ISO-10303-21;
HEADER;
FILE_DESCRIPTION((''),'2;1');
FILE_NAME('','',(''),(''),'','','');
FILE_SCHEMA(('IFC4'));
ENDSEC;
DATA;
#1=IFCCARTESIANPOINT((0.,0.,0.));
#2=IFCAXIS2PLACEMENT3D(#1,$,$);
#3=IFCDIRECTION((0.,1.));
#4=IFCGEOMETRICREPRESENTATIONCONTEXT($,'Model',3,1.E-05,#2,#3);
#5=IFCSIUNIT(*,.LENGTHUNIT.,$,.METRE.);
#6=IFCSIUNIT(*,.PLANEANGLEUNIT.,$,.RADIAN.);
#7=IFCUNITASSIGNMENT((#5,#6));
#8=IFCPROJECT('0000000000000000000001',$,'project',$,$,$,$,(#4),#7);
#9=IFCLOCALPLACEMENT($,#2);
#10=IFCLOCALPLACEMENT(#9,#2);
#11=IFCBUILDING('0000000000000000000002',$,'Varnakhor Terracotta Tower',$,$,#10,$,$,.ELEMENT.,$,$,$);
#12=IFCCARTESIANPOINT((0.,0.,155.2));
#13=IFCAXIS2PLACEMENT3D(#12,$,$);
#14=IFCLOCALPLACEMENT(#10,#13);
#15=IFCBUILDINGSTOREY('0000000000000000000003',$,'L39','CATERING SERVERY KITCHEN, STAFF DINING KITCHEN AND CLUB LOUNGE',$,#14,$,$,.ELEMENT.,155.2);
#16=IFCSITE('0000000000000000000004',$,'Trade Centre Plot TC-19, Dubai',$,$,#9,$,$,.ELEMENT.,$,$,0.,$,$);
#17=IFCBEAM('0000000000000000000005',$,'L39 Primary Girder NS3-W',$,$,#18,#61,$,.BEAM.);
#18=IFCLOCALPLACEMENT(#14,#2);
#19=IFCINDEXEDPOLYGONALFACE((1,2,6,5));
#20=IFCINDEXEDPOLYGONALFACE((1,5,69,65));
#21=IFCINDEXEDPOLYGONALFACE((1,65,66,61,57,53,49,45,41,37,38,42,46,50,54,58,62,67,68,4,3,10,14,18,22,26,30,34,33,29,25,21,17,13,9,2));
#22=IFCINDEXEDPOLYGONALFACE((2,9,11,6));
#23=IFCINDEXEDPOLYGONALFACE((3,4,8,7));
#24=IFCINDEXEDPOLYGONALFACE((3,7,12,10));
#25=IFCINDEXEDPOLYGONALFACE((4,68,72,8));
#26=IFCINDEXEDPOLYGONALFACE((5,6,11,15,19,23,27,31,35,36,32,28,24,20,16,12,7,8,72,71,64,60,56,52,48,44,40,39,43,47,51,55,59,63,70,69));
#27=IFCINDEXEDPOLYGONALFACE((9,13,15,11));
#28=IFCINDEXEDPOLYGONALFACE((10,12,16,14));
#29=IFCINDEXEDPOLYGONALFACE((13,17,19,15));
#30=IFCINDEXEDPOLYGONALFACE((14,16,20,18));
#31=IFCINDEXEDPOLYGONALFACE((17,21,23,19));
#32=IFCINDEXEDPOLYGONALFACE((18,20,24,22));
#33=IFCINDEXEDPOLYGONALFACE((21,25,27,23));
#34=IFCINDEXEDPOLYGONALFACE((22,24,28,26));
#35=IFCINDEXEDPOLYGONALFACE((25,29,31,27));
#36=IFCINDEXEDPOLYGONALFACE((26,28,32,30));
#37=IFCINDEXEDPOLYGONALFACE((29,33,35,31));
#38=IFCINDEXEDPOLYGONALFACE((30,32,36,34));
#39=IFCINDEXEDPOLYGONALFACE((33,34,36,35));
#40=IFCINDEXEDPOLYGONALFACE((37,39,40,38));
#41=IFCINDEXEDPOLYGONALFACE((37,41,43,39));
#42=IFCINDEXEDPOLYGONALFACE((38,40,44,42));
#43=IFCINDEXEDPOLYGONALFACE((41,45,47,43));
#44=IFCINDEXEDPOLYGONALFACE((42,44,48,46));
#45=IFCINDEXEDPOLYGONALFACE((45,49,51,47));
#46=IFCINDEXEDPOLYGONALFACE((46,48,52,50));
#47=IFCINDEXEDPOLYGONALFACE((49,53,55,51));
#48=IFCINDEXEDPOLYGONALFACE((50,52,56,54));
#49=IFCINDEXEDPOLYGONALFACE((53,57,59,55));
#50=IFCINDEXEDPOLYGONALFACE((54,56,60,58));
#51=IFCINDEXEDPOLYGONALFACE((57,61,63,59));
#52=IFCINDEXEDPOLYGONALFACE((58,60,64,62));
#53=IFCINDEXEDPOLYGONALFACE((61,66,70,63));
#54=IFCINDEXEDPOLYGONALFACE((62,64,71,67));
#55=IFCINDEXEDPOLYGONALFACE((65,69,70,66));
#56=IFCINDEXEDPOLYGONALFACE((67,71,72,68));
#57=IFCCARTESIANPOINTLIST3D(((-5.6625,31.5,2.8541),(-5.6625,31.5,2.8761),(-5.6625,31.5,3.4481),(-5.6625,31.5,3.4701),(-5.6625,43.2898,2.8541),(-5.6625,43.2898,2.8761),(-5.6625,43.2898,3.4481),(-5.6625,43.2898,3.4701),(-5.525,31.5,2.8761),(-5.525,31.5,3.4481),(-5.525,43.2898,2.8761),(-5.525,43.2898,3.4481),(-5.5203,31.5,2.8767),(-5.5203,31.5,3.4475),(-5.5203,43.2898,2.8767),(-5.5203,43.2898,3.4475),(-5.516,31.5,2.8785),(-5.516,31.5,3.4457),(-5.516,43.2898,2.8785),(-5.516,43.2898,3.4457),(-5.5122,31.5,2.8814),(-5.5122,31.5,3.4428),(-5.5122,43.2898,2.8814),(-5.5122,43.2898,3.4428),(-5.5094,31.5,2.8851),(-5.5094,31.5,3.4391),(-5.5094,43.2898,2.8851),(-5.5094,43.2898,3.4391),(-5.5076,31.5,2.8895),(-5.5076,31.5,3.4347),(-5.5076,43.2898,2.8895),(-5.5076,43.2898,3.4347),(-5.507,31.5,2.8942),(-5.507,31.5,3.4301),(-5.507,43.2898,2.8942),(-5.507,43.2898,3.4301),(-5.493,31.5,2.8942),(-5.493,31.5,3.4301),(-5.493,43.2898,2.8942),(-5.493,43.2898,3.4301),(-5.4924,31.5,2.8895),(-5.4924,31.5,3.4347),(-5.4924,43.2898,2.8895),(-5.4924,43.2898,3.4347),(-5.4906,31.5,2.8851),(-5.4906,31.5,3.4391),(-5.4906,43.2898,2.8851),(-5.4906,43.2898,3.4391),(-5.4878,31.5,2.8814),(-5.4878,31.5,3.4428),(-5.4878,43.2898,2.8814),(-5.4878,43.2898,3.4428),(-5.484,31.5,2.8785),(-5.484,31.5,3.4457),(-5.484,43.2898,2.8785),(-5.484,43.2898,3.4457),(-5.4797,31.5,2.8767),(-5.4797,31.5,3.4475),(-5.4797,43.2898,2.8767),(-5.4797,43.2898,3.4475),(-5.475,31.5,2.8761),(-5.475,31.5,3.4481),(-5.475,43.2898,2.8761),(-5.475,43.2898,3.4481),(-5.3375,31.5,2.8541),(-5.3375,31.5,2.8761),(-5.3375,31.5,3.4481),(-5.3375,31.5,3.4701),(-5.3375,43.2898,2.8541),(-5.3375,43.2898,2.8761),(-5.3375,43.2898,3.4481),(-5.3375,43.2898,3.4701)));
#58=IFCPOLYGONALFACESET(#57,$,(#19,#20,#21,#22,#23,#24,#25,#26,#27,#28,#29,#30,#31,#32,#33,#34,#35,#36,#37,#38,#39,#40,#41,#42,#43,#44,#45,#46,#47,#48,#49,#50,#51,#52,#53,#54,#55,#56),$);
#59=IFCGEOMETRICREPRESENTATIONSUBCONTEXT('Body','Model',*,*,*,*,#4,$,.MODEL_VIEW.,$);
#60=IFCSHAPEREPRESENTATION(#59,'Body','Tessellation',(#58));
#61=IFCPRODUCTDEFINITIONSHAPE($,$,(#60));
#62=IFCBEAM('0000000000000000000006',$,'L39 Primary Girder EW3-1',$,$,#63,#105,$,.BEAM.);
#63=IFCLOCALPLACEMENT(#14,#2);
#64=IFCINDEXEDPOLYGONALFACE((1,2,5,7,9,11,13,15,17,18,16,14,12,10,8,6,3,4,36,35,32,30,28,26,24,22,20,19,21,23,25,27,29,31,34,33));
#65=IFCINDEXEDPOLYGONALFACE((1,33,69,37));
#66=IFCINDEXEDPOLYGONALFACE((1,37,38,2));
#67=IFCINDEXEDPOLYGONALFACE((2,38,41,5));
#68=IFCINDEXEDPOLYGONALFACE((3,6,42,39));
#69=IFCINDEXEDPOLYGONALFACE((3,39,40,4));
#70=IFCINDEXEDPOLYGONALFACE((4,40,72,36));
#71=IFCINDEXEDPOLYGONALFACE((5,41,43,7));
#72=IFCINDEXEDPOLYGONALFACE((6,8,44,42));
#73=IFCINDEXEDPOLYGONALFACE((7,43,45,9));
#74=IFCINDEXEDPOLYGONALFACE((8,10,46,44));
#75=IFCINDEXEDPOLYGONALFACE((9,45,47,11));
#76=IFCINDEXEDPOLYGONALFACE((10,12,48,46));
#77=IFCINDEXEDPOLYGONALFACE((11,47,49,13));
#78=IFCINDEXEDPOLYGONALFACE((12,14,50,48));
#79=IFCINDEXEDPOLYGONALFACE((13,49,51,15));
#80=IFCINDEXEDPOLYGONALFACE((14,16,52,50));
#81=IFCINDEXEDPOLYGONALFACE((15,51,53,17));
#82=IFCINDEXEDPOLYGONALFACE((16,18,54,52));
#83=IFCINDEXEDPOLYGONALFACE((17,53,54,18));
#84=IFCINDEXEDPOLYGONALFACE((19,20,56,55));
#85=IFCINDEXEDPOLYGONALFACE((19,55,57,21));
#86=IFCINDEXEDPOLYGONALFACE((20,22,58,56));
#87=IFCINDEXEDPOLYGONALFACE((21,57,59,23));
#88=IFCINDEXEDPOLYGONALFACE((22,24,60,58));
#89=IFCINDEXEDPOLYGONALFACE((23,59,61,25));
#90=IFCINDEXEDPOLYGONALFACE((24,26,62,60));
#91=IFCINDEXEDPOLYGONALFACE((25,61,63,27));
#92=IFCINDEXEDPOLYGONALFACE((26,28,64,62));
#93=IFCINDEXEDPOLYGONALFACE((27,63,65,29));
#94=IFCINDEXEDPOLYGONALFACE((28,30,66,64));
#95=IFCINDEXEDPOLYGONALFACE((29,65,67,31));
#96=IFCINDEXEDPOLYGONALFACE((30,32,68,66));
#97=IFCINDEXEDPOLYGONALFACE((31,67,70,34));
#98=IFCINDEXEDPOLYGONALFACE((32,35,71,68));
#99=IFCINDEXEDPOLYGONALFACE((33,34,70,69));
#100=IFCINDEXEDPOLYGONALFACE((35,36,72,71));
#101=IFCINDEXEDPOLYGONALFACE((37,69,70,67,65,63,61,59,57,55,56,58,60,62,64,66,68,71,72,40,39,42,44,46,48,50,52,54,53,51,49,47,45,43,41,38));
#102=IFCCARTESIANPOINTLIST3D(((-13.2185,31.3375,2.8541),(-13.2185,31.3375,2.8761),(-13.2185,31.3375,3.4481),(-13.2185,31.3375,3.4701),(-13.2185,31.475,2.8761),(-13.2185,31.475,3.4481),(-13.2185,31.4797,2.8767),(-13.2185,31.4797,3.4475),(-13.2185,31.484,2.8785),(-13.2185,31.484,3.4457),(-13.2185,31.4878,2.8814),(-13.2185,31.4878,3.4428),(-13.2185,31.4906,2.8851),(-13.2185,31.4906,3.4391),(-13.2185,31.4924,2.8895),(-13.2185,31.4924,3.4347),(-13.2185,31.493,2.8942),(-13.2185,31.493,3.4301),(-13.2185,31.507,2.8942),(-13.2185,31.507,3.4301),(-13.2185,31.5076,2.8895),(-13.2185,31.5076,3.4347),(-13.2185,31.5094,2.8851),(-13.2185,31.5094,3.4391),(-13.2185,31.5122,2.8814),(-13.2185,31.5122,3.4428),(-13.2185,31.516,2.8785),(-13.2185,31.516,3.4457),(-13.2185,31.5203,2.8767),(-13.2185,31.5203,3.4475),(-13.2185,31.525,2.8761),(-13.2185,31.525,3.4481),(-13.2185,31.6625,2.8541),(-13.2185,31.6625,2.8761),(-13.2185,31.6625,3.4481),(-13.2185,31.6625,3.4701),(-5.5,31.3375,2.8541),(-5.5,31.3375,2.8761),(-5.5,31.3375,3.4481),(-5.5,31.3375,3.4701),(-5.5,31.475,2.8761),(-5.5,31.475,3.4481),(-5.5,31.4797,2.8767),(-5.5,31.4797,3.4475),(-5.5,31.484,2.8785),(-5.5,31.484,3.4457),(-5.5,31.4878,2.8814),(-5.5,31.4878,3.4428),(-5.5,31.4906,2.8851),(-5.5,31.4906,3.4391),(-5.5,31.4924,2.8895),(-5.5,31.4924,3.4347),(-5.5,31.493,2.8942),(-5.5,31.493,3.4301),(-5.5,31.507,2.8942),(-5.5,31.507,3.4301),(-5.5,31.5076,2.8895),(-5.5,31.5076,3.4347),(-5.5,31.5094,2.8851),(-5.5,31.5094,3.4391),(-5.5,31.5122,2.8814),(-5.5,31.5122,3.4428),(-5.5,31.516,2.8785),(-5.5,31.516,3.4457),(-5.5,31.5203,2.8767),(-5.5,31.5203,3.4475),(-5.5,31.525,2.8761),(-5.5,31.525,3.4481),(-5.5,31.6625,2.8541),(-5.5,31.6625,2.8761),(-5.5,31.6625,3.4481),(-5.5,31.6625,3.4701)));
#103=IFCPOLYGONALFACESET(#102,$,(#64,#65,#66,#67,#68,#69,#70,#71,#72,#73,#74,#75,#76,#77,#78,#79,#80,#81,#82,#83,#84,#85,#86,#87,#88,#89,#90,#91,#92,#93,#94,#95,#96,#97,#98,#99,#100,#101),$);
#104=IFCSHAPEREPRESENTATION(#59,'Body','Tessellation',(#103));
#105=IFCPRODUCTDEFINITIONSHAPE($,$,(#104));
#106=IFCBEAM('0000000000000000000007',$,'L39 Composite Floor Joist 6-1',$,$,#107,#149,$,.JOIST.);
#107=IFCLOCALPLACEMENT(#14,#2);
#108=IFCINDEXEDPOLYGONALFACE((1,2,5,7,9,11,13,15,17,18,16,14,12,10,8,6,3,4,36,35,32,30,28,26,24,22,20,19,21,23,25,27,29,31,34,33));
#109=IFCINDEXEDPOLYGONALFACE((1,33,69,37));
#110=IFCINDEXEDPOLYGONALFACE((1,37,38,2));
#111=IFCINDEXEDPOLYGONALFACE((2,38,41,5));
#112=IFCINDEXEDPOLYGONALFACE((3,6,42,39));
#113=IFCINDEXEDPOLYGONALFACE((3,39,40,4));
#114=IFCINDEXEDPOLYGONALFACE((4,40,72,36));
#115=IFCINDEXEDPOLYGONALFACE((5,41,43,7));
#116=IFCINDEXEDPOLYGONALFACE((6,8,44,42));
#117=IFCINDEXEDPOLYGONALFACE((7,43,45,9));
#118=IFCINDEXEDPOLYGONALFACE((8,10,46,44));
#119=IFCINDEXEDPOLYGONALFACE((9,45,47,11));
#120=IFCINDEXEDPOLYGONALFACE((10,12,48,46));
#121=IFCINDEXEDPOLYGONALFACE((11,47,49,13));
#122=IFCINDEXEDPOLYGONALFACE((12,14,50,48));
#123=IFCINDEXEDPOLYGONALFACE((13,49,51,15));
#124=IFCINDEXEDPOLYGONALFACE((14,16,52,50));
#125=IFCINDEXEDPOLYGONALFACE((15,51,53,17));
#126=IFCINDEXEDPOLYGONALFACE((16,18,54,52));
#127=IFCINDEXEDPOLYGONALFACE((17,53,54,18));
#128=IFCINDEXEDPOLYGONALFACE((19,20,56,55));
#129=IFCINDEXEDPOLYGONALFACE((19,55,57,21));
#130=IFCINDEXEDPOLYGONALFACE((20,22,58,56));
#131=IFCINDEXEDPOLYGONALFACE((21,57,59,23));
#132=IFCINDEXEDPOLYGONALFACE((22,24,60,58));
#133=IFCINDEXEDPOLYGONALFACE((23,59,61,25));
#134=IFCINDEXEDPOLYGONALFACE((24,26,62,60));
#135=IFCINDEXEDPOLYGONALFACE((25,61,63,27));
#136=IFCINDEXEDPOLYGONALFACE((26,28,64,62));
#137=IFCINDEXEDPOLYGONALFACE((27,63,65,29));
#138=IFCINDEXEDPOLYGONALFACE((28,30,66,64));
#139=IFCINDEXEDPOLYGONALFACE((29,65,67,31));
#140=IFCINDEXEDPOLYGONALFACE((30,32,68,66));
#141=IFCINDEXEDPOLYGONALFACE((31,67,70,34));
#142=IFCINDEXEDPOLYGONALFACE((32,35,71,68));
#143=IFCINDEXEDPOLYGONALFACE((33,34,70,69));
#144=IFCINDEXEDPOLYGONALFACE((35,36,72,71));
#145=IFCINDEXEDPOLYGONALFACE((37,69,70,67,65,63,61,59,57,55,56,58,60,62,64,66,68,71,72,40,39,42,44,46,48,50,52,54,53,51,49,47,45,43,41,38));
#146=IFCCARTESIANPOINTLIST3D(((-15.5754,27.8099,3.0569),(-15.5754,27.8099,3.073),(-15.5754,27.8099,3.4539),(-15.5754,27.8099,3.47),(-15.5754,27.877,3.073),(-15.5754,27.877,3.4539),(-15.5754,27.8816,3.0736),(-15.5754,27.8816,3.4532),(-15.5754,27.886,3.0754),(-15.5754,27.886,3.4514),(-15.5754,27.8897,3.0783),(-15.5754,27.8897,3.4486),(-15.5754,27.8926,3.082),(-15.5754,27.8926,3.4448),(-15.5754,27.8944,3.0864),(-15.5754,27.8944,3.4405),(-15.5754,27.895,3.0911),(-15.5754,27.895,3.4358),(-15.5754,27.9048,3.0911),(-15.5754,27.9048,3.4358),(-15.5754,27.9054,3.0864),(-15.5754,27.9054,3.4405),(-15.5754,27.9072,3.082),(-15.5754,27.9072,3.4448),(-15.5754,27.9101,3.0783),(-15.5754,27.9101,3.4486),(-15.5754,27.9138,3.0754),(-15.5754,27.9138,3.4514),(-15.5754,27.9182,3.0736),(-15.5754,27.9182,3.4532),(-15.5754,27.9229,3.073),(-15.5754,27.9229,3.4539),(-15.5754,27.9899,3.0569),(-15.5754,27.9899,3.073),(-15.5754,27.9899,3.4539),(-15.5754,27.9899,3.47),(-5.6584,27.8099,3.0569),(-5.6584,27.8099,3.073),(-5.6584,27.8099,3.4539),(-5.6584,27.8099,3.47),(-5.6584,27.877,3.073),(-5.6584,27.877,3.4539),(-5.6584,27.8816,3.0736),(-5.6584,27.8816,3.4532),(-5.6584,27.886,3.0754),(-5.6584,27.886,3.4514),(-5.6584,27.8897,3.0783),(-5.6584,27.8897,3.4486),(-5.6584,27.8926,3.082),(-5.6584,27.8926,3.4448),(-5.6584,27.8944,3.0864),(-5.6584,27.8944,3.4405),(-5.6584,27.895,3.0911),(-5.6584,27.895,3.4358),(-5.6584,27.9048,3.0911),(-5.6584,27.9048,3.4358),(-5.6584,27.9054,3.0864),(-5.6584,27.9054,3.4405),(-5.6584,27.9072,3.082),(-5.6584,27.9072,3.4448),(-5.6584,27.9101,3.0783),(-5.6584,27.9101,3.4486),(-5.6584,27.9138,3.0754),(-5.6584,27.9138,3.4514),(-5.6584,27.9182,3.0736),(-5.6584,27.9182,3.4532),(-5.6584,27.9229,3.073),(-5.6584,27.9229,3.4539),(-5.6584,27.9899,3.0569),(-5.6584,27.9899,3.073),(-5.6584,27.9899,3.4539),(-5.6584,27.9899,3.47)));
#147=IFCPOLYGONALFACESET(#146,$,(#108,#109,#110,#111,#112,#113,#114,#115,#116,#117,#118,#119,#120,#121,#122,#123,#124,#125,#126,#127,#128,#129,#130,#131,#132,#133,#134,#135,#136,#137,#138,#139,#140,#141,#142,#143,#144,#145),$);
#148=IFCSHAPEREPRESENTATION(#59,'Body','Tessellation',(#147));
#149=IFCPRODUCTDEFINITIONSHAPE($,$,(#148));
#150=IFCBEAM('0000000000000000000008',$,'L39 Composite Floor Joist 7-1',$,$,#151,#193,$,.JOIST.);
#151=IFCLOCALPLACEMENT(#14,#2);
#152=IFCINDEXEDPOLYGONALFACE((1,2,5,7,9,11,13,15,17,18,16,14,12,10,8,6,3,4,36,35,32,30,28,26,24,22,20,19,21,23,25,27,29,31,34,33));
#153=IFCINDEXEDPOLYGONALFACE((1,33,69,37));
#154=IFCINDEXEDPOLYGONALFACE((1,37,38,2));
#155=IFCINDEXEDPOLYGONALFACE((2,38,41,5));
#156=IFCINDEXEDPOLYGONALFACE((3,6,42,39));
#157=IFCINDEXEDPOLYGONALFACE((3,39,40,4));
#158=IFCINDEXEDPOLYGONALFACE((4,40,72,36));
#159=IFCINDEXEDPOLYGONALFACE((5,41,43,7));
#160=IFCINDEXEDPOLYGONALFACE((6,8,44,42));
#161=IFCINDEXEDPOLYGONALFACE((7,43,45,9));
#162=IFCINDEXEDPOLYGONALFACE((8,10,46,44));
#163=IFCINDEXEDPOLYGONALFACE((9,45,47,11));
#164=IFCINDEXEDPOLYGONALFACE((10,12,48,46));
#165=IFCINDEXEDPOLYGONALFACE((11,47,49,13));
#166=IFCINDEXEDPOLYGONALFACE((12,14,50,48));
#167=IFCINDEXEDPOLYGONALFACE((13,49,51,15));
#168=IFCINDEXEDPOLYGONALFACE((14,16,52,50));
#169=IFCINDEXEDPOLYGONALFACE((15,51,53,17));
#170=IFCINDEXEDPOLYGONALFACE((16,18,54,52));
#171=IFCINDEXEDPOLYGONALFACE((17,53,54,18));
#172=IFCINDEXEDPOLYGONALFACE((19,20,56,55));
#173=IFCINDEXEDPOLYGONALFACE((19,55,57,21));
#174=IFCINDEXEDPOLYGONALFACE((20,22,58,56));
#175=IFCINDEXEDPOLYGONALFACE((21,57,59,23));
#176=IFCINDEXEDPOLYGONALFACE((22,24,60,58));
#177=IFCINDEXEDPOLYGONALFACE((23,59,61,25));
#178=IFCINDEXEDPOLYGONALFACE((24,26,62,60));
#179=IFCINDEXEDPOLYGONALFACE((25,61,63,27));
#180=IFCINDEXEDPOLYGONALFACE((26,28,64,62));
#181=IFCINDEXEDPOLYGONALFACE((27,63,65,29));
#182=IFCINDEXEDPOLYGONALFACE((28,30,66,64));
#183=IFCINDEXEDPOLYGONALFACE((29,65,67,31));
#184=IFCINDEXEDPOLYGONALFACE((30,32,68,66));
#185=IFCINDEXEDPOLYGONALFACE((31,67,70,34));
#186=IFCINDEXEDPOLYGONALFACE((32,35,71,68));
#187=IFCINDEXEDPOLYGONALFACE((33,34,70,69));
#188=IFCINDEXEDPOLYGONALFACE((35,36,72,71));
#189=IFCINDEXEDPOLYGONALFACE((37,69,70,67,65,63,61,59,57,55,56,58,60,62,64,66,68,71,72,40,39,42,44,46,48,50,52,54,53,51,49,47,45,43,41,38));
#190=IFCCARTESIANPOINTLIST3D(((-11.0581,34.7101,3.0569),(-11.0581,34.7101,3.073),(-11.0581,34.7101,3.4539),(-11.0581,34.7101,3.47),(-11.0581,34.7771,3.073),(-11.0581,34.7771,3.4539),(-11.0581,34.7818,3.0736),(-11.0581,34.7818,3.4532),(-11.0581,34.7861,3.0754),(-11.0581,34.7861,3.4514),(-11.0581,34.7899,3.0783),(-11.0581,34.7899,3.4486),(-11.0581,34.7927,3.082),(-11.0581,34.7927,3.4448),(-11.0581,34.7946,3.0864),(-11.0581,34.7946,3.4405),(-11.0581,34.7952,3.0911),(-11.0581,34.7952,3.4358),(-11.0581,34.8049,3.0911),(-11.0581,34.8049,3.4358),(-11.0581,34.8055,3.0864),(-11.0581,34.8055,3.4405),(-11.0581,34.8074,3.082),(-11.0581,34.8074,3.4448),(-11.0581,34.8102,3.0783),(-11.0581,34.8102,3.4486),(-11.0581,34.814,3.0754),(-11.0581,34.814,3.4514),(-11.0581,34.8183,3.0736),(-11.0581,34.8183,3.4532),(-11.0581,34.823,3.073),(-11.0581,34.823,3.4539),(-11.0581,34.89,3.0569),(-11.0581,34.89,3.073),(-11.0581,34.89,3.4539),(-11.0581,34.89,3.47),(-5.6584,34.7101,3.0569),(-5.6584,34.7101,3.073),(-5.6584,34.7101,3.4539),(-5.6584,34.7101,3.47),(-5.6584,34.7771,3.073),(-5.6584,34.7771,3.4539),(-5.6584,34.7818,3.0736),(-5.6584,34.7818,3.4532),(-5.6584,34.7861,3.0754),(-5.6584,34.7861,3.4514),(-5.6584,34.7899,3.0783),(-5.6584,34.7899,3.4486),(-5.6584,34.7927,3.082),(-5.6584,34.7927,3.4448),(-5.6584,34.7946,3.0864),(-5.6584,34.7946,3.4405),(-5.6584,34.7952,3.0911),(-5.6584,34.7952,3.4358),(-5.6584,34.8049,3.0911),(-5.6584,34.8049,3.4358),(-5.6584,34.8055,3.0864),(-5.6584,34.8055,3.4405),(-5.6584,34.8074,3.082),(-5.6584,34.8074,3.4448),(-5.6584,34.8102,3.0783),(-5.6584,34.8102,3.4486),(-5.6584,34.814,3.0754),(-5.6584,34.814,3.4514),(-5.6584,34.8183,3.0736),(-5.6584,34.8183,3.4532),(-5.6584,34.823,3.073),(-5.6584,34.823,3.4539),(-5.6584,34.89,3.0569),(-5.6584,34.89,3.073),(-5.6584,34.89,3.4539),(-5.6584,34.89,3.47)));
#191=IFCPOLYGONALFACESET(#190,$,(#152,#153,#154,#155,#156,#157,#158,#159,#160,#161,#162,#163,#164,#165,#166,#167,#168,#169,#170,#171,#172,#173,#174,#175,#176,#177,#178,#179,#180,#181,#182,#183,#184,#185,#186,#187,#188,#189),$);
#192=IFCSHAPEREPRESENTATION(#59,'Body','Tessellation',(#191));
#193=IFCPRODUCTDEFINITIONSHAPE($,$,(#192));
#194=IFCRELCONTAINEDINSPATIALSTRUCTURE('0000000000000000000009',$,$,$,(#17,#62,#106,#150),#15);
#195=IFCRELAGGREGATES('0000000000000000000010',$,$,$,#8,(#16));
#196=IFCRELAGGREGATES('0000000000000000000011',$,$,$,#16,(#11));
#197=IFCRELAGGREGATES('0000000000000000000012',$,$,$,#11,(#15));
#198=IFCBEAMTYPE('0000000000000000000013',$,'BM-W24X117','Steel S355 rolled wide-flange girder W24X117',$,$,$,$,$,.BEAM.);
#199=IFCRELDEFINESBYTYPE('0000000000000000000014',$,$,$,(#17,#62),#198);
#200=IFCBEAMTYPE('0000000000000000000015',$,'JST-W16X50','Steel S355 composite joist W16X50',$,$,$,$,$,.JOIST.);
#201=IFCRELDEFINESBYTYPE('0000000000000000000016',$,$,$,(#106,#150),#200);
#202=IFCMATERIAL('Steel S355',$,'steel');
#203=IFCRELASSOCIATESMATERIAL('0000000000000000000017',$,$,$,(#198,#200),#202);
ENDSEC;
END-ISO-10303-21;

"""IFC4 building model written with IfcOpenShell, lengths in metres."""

from ifc_helpers import new_model, si_unit, direction, frame, origin, origin_2d, place, context, subcontext, project, spatial, i_section, extrude, source, transform, mapped, material, material_profile, profile_set, type_object, element, save


model = new_model("IFC4")

# Units and contexts
model_context = context("Model", 3, precision=1e-05, world=origin(), true_north=direction((0.0, 1.0)))
body_context = subcontext(model_context, "Body", "Model", "MODEL_VIEW")
ifc_project = project(units=[si_unit("LENGTHUNIT", "METRE"), si_unit("PLANEANGLEUNIT", "RADIAN")], contexts=[model_context])

# Site, building, storey
site_placement = place(None, origin())
site = spatial("IfcSite", under=ifc_project, at=site_placement, Name="Trade Centre Plot TC-19, Dubai", CompositionType="ELEMENT", RefElevation=0.0)
building_placement = place(site_placement, origin())
building = spatial("IfcBuilding", under=site, at=building_placement, Name="Varnakhor Terracotta Tower", CompositionType="ELEMENT")
storey_placement = place(building_placement, frame((0.0, 0.0, 155.2)))
storey = spatial("IfcBuildingStorey", under=building, at=storey_placement, Name="L39", Description="CATERING SERVERY KITCHEN, STAFF DINING KITCHEN AND CLUB LOUNGE", CompositionType="ELEMENT", Elevation=155.2)

# Beams
ifc_material_1 = material(Name="Steel S355", Category="steel")
ifc_material_profile_1 = material_profile(ifc_material_1, i_section(OverallWidth=0.325, OverallDepth=0.616, WebThickness=0.0139, FlangeThickness=0.022, FilletRadius=0.0181, at=origin_2d()), Name="W24X117")
ifc_profile_set_1 = profile_set([ifc_material_profile_1], Name="Steel S355")
beam_type_1 = type_object("IfcBeamType", Name="BM-W24X117", Description="Steel S355 rolled wide-flange girder W24X117", PredefinedType="BEAM", material=ifc_profile_set_1)
ifc_material_profile_2 = material_profile(ifc_material_1, i_section(OverallWidth=0.1799, OverallDepth=0.4131, WebThickness=0.0098, FlangeThickness=0.0161, FilletRadius=0.0181, at=origin_2d()), Name="W16X50")
ifc_profile_set_2 = profile_set([ifc_material_profile_2], Name="Steel S355")
beam_type_2 = type_object("IfcBeamType", Name="JST-W16X50", Description="Steel S355 composite joist W16X50", PredefinedType="JOIST", material=ifc_profile_set_2)
shared_shape_1 = source(origin(), body_context, "Body", "SweptSolid", [
    extrude(i_section(OverallWidth=0.325, OverallDepth=0.616, WebThickness=0.0139, FlangeThickness=0.022, FilletRadius=0.0181, at=origin_2d()), origin(), (0.0, 0.0, 1.0), 11.7898),
])
beam_1_placement = place(storey_placement, frame((-5.5, 31.5, 3.1621), z_axis=(0.0, 1.0, 0.0), x_axis=(-1.0, 0.0, 0.0)))
element("IfcBeam", 1, at=beam_1_placement, inside=storey, type_object=beam_type_1, Name="L39 Primary Girder NS3-W", PredefinedType="BEAM", context=body_context, shape_type="MappedRepresentation", body=[
    mapped(shared_shape_1, transform((0.0, 0.0, 0.0), scale=1.0)),
])
shared_shape_2 = source(origin(), body_context, "Body", "SweptSolid", [
    extrude(i_section(OverallWidth=0.325, OverallDepth=0.616, WebThickness=0.0139, FlangeThickness=0.022, FilletRadius=0.0181, at=origin_2d()), origin(), (0.0, 0.0, 1.0), 7.7185),
])
beam_2_placement = place(storey_placement, frame((-13.2185, 31.5, 3.1621), z_axis=(1.0, 0.0, 0.0), x_axis=(0.0, 1.0, 0.0)))
element("IfcBeam", 2, at=beam_2_placement, inside=storey, type_object=beam_type_1, Name="L39 Primary Girder EW3-1", PredefinedType="BEAM", context=body_context, shape_type="MappedRepresentation", body=[
    mapped(shared_shape_2, transform((0.0, 0.0, 0.0), scale=1.0)),
])
shared_shape_3 = source(origin(), body_context, "Body", "SweptSolid", [
    extrude(i_section(OverallWidth=0.1799, OverallDepth=0.4131, WebThickness=0.0098, FlangeThickness=0.0161, FilletRadius=0.0181, at=origin_2d()), origin(), (0.0, 0.0, 1.0), 9.917),
])
beam_3_placement = place(storey_placement, frame((-15.5754, 27.8999, 3.2634), z_axis=(1.0, 0.0, 0.0), x_axis=(0.0, 1.0, 0.0)))
element("IfcBeam", 3, at=beam_3_placement, inside=storey, type_object=beam_type_2, Name="L39 Composite Floor Joist 6-1", PredefinedType="JOIST", context=body_context, shape_type="MappedRepresentation", body=[
    mapped(shared_shape_3, transform((0.0, 0.0, 0.0), scale=1.0)),
])
shared_shape_4 = source(origin(), body_context, "Body", "SweptSolid", [
    extrude(i_section(OverallWidth=0.1799, OverallDepth=0.4131, WebThickness=0.0098, FlangeThickness=0.0161, FilletRadius=0.0181, at=origin_2d()), origin(), (0.0, 0.0, 1.0), 5.3997),
])
beam_4_placement = place(storey_placement, frame((-11.0581, 34.8, 3.2634), z_axis=(1.0, 0.0, 0.0), x_axis=(0.0, 1.0, 0.0)))
element("IfcBeam", 4, at=beam_4_placement, inside=storey, type_object=beam_type_2, Name="L39 Composite Floor Joist 7-1", PredefinedType="JOIST", context=body_context, shape_type="MappedRepresentation", body=[
    mapped(shared_shape_4, transform((0.0, 0.0, 0.0), scale=1.0)),
])

save(model, "model.ifc")
